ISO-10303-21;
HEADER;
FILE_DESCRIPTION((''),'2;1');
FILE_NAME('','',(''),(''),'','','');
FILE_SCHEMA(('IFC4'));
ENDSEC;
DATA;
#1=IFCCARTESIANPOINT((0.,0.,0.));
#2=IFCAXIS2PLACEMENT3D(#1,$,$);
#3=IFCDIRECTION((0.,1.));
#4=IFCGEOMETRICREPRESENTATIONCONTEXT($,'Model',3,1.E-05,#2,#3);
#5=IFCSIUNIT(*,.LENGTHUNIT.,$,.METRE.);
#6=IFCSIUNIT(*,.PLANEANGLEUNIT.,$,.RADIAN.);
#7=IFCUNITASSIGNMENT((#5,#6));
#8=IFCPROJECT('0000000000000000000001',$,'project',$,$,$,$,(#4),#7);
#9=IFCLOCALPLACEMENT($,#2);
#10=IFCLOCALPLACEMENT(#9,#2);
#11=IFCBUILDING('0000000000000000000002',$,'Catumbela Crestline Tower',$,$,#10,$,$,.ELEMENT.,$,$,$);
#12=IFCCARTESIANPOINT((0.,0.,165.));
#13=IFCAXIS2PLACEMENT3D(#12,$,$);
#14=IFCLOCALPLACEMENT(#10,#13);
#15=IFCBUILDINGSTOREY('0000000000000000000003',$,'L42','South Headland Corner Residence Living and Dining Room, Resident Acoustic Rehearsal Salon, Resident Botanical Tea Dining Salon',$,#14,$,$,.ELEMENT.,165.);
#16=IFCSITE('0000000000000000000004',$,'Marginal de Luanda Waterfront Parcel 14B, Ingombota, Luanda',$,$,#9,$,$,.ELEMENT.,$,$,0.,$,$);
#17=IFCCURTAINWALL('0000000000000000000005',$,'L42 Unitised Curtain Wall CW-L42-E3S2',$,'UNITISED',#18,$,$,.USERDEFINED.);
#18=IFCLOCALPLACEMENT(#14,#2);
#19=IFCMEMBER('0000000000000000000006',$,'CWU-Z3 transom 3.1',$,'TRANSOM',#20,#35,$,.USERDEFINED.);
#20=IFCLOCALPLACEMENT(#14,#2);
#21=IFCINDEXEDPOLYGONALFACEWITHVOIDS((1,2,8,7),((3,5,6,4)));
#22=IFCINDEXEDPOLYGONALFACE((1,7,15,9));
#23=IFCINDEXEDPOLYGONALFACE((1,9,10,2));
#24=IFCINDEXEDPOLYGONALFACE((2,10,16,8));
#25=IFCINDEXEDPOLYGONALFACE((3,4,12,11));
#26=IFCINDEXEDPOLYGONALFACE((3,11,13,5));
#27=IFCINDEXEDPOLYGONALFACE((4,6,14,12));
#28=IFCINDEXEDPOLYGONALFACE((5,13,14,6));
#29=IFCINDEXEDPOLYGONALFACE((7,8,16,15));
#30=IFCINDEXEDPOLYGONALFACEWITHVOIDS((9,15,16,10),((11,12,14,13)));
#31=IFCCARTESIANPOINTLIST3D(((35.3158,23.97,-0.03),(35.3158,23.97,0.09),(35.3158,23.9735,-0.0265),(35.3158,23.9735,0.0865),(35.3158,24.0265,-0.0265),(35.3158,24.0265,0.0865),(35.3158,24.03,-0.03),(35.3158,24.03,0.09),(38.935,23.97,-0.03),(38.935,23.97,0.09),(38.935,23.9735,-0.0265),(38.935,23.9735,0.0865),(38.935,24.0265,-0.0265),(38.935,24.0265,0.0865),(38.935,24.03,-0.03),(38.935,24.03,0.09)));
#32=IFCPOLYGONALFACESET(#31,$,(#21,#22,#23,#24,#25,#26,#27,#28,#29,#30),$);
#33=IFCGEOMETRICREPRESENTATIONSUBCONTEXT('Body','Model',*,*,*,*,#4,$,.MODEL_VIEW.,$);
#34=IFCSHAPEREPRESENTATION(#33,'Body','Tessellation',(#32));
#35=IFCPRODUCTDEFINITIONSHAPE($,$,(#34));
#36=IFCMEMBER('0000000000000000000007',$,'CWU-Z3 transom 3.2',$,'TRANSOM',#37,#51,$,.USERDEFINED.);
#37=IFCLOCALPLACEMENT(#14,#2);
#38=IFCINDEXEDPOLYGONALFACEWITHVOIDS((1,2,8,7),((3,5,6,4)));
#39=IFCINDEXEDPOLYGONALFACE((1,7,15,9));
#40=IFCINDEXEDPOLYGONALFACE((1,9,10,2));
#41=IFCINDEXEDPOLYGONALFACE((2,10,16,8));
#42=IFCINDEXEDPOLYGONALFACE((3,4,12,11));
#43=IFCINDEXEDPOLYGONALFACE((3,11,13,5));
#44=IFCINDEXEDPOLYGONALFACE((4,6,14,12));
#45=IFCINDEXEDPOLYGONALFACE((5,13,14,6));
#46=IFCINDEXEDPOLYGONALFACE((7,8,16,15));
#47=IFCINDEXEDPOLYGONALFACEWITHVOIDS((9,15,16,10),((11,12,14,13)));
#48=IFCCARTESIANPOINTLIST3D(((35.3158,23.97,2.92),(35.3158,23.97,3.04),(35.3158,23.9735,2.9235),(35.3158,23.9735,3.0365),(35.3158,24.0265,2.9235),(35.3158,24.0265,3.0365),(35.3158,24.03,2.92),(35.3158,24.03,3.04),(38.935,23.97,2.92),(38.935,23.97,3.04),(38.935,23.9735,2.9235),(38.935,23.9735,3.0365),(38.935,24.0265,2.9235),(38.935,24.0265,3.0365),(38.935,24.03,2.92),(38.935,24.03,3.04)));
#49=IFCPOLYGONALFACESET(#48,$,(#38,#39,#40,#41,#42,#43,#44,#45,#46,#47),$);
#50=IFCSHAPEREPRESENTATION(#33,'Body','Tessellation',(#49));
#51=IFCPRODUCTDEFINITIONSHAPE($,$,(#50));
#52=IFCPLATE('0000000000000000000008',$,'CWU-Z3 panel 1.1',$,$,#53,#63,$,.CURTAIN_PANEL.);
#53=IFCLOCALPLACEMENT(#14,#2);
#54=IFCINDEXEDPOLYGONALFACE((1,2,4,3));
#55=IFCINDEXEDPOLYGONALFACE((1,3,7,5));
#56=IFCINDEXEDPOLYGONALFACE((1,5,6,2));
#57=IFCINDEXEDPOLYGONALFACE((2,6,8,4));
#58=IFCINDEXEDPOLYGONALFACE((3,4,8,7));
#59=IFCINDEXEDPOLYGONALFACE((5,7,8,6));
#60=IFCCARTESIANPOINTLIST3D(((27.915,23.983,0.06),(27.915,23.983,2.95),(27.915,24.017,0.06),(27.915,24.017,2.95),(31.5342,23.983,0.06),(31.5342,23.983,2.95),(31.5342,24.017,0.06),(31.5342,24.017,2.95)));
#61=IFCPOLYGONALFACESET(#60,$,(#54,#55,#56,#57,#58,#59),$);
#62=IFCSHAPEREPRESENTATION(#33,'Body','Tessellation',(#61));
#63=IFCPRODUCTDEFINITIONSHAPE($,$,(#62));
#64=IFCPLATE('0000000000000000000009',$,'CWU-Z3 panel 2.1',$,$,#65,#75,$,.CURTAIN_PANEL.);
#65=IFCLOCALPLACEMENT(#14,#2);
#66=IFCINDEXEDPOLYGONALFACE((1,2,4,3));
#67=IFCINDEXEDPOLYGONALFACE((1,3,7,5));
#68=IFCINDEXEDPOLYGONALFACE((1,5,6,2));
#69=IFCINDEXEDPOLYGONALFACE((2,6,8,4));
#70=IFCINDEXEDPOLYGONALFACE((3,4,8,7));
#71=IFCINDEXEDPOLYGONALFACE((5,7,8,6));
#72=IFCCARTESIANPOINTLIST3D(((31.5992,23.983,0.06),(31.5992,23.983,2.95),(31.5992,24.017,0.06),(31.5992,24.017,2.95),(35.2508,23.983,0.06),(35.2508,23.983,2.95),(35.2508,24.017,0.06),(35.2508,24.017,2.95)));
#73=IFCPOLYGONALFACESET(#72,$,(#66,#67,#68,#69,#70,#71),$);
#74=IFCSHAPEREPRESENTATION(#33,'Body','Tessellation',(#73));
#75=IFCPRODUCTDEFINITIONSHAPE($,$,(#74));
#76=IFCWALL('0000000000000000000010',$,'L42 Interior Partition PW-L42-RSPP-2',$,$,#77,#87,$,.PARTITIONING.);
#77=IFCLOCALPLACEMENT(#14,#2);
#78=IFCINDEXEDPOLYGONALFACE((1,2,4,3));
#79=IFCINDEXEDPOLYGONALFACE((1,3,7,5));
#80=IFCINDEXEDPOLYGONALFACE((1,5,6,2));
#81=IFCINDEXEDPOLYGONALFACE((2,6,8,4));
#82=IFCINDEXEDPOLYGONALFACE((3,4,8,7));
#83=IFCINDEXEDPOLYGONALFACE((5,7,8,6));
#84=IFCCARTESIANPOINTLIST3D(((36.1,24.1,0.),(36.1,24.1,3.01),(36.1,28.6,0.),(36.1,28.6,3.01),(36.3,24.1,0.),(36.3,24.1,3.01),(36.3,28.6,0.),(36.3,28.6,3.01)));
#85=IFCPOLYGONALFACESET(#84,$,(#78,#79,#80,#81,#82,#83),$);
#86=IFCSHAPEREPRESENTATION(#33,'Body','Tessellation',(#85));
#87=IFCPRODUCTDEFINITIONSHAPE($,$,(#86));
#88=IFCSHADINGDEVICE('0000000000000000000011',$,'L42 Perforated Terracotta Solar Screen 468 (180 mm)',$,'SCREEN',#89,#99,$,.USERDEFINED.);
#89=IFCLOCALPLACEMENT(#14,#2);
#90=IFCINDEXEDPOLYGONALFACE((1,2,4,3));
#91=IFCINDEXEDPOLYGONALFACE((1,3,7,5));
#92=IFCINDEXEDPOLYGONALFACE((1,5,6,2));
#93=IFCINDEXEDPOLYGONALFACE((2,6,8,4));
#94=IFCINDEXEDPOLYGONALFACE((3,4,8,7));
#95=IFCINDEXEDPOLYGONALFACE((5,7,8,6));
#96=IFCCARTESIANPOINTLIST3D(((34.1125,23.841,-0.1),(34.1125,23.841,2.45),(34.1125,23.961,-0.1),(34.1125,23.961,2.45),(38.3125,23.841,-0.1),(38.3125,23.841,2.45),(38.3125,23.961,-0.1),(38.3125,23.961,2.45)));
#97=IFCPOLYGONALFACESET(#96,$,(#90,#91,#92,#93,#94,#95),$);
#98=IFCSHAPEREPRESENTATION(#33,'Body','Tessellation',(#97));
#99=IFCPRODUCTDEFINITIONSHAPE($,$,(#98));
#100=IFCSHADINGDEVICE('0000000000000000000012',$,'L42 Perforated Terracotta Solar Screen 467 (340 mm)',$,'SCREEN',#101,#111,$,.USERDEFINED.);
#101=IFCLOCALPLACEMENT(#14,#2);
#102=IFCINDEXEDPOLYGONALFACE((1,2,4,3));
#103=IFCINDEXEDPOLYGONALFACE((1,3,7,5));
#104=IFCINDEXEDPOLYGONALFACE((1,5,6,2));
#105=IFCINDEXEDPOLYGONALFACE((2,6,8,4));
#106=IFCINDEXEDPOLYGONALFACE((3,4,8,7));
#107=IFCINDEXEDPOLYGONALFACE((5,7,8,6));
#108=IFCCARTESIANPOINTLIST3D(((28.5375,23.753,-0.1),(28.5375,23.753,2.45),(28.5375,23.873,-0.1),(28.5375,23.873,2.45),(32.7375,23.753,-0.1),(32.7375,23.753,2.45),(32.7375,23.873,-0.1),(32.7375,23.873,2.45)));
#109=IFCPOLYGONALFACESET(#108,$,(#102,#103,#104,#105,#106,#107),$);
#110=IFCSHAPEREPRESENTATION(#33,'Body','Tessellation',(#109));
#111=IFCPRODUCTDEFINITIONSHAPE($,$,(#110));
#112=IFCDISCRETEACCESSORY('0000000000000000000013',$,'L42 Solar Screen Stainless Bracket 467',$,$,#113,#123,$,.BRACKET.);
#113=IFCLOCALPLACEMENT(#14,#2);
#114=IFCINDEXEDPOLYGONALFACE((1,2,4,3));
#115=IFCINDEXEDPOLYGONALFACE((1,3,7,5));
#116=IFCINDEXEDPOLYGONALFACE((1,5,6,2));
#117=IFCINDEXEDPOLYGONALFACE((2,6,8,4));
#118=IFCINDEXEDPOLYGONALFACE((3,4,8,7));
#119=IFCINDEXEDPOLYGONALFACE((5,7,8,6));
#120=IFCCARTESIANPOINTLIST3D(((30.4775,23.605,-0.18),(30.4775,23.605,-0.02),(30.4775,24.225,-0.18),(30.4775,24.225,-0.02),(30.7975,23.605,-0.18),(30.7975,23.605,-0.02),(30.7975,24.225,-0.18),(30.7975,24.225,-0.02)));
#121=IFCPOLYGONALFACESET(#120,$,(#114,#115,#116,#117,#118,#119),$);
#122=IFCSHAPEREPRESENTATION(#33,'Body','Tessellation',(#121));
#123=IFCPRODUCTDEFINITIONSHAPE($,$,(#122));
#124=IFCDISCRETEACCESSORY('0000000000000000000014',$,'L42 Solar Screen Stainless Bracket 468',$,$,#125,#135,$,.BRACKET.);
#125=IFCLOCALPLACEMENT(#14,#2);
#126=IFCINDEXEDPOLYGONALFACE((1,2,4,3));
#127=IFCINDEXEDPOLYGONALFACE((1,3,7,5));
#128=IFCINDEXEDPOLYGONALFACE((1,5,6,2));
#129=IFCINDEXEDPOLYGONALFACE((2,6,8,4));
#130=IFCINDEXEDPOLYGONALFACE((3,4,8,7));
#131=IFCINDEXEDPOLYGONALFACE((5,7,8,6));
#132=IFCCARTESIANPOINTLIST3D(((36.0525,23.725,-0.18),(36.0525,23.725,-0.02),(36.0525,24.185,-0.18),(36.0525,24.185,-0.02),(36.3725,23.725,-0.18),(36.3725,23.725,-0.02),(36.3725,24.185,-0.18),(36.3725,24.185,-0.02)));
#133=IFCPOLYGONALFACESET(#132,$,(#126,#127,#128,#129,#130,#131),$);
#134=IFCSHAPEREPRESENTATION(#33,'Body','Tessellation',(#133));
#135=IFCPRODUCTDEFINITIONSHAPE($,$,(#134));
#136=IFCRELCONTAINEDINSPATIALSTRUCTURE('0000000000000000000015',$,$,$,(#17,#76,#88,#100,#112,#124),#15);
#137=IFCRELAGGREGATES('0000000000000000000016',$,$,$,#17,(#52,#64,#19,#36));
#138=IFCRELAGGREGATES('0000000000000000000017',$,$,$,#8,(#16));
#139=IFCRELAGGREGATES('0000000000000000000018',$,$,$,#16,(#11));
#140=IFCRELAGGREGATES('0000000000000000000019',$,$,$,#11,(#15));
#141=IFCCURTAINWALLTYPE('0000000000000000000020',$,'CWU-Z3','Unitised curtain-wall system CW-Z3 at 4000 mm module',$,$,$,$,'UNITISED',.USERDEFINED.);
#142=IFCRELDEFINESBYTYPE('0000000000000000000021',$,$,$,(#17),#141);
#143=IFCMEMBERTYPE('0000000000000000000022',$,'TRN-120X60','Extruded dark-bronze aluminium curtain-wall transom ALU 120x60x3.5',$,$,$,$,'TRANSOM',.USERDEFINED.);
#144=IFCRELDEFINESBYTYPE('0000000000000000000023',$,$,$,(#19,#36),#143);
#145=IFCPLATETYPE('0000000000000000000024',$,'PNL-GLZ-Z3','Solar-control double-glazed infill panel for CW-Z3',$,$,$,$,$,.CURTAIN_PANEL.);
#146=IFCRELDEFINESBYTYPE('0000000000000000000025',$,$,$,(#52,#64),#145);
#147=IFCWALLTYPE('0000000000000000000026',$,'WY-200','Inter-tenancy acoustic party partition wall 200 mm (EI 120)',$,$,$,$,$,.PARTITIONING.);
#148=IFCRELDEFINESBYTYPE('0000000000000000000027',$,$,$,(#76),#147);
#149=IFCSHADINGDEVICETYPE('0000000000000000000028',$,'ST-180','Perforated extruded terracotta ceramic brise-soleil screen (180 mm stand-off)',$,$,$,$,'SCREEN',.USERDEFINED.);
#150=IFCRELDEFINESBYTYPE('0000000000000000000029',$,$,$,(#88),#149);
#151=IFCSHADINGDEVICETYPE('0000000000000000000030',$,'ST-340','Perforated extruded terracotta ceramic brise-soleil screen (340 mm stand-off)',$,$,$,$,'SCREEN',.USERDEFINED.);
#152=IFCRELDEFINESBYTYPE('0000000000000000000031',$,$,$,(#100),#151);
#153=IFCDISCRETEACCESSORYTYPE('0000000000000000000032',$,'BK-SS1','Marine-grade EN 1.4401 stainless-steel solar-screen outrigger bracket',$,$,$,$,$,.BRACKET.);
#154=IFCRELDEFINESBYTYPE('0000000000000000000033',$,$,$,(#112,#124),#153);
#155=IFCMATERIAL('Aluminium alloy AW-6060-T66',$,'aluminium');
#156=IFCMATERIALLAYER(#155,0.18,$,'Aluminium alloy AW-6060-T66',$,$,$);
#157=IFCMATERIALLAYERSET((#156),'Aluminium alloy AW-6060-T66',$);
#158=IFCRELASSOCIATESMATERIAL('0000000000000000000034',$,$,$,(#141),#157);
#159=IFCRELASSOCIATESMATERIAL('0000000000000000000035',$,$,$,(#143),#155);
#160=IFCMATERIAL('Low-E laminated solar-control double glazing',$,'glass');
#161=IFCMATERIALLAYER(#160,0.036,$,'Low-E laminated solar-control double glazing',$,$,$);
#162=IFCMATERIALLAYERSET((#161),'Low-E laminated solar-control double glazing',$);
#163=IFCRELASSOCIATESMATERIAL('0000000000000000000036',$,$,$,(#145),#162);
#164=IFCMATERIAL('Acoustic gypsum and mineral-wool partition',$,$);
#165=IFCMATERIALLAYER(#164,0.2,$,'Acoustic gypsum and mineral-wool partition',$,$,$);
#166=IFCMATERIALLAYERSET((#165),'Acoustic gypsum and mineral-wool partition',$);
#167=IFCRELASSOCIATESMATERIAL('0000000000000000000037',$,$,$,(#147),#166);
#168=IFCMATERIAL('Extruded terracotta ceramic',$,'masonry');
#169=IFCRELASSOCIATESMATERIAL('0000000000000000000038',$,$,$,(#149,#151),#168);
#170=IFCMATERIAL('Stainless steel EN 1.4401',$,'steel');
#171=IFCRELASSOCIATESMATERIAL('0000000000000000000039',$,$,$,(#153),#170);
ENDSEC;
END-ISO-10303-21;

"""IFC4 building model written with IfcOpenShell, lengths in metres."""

from ifc_helpers import new_model, si_unit, direction, frame, frame_2d, origin, origin_2d, place, context, subcontext, project, spatial, rectangle, hollow_rectangle, extrude, material, layer, layer_set, material_profile, profile_set, type_object, element, aggregate, save


model = new_model("IFC4")

# Units and contexts
model_context = context("Model", 3, precision=1e-05, world=origin(), true_north=direction((0.0, 1.0)))
body_context = subcontext(model_context, "Body", "Model", "MODEL_VIEW")
ifc_project = project(units=[si_unit("LENGTHUNIT", "METRE"), si_unit("PLANEANGLEUNIT", "RADIAN")], contexts=[model_context])

# Site, building, storey
site_placement = place(None, origin())
site = spatial("IfcSite", under=ifc_project, at=site_placement, Name="Marginal de Luanda Waterfront Parcel 14B, Ingombota, Luanda", CompositionType="ELEMENT", RefElevation=0.0)
building_placement = place(site_placement, origin())
building = spatial("IfcBuilding", under=site, at=building_placement, Name="Catumbela Crestline Tower", CompositionType="ELEMENT")
storey_placement = place(building_placement, frame((0.0, 0.0, 165.0)))
storey = spatial("IfcBuildingStorey", under=building, at=storey_placement, Name="L42", Description="South Headland Corner Residence Living and Dining Room, Resident Acoustic Rehearsal Salon, Resident Botanical Tea Dining Salon", CompositionType="ELEMENT", Elevation=165.0)

# Curtain wall
ifc_material_1 = material(Name="Aluminium alloy AW-6060-T66", Category="aluminium")
ifc_layer_1 = layer(ifc_material_1, 0.18, Name="Aluminium alloy AW-6060-T66")
ifc_layer_set_1 = layer_set([ifc_layer_1], Name="Aluminium alloy AW-6060-T66")
curtain_wall_type = type_object("IfcCurtainWallType", Name="CWU-Z3", Description="Unitised curtain-wall system CW-Z3 at 4000 mm module", ElementType="UNITISED", PredefinedType="USERDEFINED", material=ifc_layer_set_1)
curtain_wall_placement = place(storey_placement, origin())
curtain_wall = element("IfcCurtainWall", 1, at=curtain_wall_placement, inside=storey, type_object=curtain_wall_type, Name="L42 Unitised Curtain Wall CW-L42-E3S2", ObjectType="UNITISED", PredefinedType="USERDEFINED")

# Members
ifc_material_profile_1 = material_profile(ifc_material_1, hollow_rectangle(XDim=0.06, YDim=0.12, WallThickness=0.0035, at=origin_2d()), Name="ALU 120x60x3.5")
ifc_profile_set_1 = profile_set([ifc_material_profile_1], Name="Aluminium alloy AW-6060-T66")
member_type_1 = type_object("IfcMemberType", Name="TRN-120X60", Description="Extruded dark-bronze aluminium curtain-wall transom ALU 120x60x3.5", ElementType="TRANSOM", PredefinedType="USERDEFINED", material=ifc_profile_set_1)
member_1_placement = place(storey_placement, frame((35.3158, 24.0, 0.03), z_axis=(1.0, 0.0, 0.0), x_axis=(0.0, 1.0, 0.0)))
member_1 = element("IfcMember", 2, at=member_1_placement, type_object=member_type_1, Name="CWU-Z3 transom 3.1", ObjectType="TRANSOM", PredefinedType="USERDEFINED", context=body_context, shape_type="SweptSolid", body=[
    extrude(hollow_rectangle(XDim=0.06, YDim=0.12, WallThickness=0.0035, at=origin_2d()), origin(), (0.0, 0.0, 1.0), 3.6192),
])
member_2_placement = place(storey_placement, frame((35.3158, 24.0, 2.98), z_axis=(1.0, 0.0, 0.0), x_axis=(0.0, 1.0, 0.0)))
member_2 = element("IfcMember", 3, at=member_2_placement, type_object=member_type_1, Name="CWU-Z3 transom 3.2", ObjectType="TRANSOM", PredefinedType="USERDEFINED", context=body_context, shape_type="SweptSolid", body=[
    extrude(hollow_rectangle(XDim=0.06, YDim=0.12, WallThickness=0.0035, at=origin_2d()), origin(), (0.0, 0.0, 1.0), 3.6192),
])

# Plates
ifc_material_2 = material(Name="Low-E laminated solar-control double glazing", Category="glass")
ifc_layer_2 = layer(ifc_material_2, 0.036, Name="Low-E laminated solar-control double glazing")
ifc_layer_set_2 = layer_set([ifc_layer_2], Name="Low-E laminated solar-control double glazing")
plate_type = type_object("IfcPlateType", Name="PNL-GLZ-Z3", Description="Solar-control double-glazed infill panel for CW-Z3", PredefinedType="CURTAIN_PANEL", material=ifc_layer_set_2)
plate_1_placement = place(storey_placement, frame((29.7246, 24.0, 0.06), z_axis=(0.0, 0.0, 1.0), x_axis=(1.0, 0.0, 0.0)))
plate_1 = element("IfcPlate", 4, at=plate_1_placement, type_object=plate_type, Name="CWU-Z3 panel 1.1", PredefinedType="CURTAIN_PANEL", context=body_context, shape_type="SweptSolid", body=[
    extrude(rectangle(XDim=3.6192, YDim=0.034, at=origin_2d()), origin(), (0.0, 0.0, 1.0), 2.89),
])
plate_2_placement = place(storey_placement, frame((33.425, 24.0, 0.06), z_axis=(0.0, 0.0, 1.0), x_axis=(1.0, 0.0, 0.0)))
plate_2 = element("IfcPlate", 5, at=plate_2_placement, type_object=plate_type, Name="CWU-Z3 panel 2.1", PredefinedType="CURTAIN_PANEL", context=body_context, shape_type="SweptSolid", body=[
    extrude(rectangle(XDim=3.6517, YDim=0.034, at=origin_2d()), origin(), (0.0, 0.0, 1.0), 2.89),
])
aggregate(curtain_wall, [plate_1, plate_2, member_1, member_2])

# Wall
ifc_material_3 = material(Name="Acoustic gypsum and mineral-wool partition")
ifc_layer_3 = layer(ifc_material_3, 0.2, Name="Acoustic gypsum and mineral-wool partition")
ifc_layer_set_3 = layer_set([ifc_layer_3], Name="Acoustic gypsum and mineral-wool partition")
wall_type = type_object("IfcWallType", Name="WY-200", Description="Inter-tenancy acoustic party partition wall 200 mm (EI 120)", PredefinedType="PARTITIONING", material=ifc_layer_set_3)
wall_placement = place(storey_placement, frame((36.2, 24.1, 0.0), z_axis=(0.0, 0.0, 1.0), x_axis=(0.0, 1.0, 0.0)))
element("IfcWall", 6, at=wall_placement, inside=storey, type_object=wall_type, Name="L42 Interior Partition PW-L42-RSPP-2", PredefinedType="PARTITIONING", context=body_context, shape_type="SweptSolid", body=[
    extrude(rectangle(XDim=4.5, YDim=0.2, at=frame_2d((2.25, 0.0))), origin(), (0.0, 0.0, 1.0), 3.01),
])

# Shading devices
ifc_material_4 = material(Name="Extruded terracotta ceramic", Category="masonry")
shading_device_type_1 = type_object("IfcShadingDeviceType", Name="ST-180", Description="Perforated extruded terracotta ceramic brise-soleil screen (180 mm stand-off)", ElementType="SCREEN", PredefinedType="USERDEFINED", material=ifc_material_4)
shading_device_1_placement = place(storey_placement, frame((36.2125, 23.901, -0.1), z_axis=(0.0, 0.0, 1.0), x_axis=(1.0, 0.0, 0.0)))
element("IfcShadingDevice", 7, at=shading_device_1_placement, inside=storey, type_object=shading_device_type_1, Name="L42 Perforated Terracotta Solar Screen 468 (180 mm)", ObjectType="SCREEN", PredefinedType="USERDEFINED", context=body_context, shape_type="SweptSolid", body=[
    extrude(rectangle(XDim=4.2, YDim=0.12, at=origin_2d()), origin(), (0.0, 0.0, 1.0), 2.55),
])
shading_device_type_2 = type_object("IfcShadingDeviceType", Name="ST-340", Description="Perforated extruded terracotta ceramic brise-soleil screen (340 mm stand-off)", ElementType="SCREEN", PredefinedType="USERDEFINED", material=ifc_material_4)
shading_device_2_placement = place(storey_placement, frame((30.6375, 23.813, -0.1), z_axis=(0.0, 0.0, 1.0), x_axis=(1.0, 0.0, 0.0)))
element("IfcShadingDevice", 8, at=shading_device_2_placement, inside=storey, type_object=shading_device_type_2, Name="L42 Perforated Terracotta Solar Screen 467 (340 mm)", ObjectType="SCREEN", PredefinedType="USERDEFINED", context=body_context, shape_type="SweptSolid", body=[
    extrude(rectangle(XDim=4.2, YDim=0.12, at=origin_2d()), origin(), (0.0, 0.0, 1.0), 2.55),
])

# Discrete accessories
ifc_material_5 = material(Name="Stainless steel EN 1.4401", Category="steel")
discrete_accessory_type = type_object("IfcDiscreteAccessoryType", Name="BK-SS1", Description="Marine-grade EN 1.4401 stainless-steel solar-screen outrigger bracket", PredefinedType="BRACKET", material=ifc_material_5)
discrete_accessory_1_placement = place(storey_placement, frame((30.6375, 23.915, -0.18), z_axis=(0.0, 0.0, 1.0), x_axis=(1.0, 0.0, 0.0)))
element("IfcDiscreteAccessory", 9, at=discrete_accessory_1_placement, inside=storey, type_object=discrete_accessory_type, Name="L42 Solar Screen Stainless Bracket 467", PredefinedType="BRACKET", context=body_context, shape_type="SweptSolid", body=[
    extrude(rectangle(XDim=0.32, YDim=0.62, at=origin_2d()), origin(), (0.0, 0.0, 1.0), 0.16),
])
discrete_accessory_2_placement = place(storey_placement, frame((36.2125, 23.955, -0.18), z_axis=(0.0, 0.0, 1.0), x_axis=(1.0, 0.0, 0.0)))
element("IfcDiscreteAccessory", 10, at=discrete_accessory_2_placement, inside=storey, type_object=discrete_accessory_type, Name="L42 Solar Screen Stainless Bracket 468", PredefinedType="BRACKET", context=body_context, shape_type="SweptSolid", body=[
    extrude(rectangle(XDim=0.32, YDim=0.46, at=origin_2d()), origin(), (0.0, 0.0, 1.0), 0.16),
])

save(model, "model.ifc")
